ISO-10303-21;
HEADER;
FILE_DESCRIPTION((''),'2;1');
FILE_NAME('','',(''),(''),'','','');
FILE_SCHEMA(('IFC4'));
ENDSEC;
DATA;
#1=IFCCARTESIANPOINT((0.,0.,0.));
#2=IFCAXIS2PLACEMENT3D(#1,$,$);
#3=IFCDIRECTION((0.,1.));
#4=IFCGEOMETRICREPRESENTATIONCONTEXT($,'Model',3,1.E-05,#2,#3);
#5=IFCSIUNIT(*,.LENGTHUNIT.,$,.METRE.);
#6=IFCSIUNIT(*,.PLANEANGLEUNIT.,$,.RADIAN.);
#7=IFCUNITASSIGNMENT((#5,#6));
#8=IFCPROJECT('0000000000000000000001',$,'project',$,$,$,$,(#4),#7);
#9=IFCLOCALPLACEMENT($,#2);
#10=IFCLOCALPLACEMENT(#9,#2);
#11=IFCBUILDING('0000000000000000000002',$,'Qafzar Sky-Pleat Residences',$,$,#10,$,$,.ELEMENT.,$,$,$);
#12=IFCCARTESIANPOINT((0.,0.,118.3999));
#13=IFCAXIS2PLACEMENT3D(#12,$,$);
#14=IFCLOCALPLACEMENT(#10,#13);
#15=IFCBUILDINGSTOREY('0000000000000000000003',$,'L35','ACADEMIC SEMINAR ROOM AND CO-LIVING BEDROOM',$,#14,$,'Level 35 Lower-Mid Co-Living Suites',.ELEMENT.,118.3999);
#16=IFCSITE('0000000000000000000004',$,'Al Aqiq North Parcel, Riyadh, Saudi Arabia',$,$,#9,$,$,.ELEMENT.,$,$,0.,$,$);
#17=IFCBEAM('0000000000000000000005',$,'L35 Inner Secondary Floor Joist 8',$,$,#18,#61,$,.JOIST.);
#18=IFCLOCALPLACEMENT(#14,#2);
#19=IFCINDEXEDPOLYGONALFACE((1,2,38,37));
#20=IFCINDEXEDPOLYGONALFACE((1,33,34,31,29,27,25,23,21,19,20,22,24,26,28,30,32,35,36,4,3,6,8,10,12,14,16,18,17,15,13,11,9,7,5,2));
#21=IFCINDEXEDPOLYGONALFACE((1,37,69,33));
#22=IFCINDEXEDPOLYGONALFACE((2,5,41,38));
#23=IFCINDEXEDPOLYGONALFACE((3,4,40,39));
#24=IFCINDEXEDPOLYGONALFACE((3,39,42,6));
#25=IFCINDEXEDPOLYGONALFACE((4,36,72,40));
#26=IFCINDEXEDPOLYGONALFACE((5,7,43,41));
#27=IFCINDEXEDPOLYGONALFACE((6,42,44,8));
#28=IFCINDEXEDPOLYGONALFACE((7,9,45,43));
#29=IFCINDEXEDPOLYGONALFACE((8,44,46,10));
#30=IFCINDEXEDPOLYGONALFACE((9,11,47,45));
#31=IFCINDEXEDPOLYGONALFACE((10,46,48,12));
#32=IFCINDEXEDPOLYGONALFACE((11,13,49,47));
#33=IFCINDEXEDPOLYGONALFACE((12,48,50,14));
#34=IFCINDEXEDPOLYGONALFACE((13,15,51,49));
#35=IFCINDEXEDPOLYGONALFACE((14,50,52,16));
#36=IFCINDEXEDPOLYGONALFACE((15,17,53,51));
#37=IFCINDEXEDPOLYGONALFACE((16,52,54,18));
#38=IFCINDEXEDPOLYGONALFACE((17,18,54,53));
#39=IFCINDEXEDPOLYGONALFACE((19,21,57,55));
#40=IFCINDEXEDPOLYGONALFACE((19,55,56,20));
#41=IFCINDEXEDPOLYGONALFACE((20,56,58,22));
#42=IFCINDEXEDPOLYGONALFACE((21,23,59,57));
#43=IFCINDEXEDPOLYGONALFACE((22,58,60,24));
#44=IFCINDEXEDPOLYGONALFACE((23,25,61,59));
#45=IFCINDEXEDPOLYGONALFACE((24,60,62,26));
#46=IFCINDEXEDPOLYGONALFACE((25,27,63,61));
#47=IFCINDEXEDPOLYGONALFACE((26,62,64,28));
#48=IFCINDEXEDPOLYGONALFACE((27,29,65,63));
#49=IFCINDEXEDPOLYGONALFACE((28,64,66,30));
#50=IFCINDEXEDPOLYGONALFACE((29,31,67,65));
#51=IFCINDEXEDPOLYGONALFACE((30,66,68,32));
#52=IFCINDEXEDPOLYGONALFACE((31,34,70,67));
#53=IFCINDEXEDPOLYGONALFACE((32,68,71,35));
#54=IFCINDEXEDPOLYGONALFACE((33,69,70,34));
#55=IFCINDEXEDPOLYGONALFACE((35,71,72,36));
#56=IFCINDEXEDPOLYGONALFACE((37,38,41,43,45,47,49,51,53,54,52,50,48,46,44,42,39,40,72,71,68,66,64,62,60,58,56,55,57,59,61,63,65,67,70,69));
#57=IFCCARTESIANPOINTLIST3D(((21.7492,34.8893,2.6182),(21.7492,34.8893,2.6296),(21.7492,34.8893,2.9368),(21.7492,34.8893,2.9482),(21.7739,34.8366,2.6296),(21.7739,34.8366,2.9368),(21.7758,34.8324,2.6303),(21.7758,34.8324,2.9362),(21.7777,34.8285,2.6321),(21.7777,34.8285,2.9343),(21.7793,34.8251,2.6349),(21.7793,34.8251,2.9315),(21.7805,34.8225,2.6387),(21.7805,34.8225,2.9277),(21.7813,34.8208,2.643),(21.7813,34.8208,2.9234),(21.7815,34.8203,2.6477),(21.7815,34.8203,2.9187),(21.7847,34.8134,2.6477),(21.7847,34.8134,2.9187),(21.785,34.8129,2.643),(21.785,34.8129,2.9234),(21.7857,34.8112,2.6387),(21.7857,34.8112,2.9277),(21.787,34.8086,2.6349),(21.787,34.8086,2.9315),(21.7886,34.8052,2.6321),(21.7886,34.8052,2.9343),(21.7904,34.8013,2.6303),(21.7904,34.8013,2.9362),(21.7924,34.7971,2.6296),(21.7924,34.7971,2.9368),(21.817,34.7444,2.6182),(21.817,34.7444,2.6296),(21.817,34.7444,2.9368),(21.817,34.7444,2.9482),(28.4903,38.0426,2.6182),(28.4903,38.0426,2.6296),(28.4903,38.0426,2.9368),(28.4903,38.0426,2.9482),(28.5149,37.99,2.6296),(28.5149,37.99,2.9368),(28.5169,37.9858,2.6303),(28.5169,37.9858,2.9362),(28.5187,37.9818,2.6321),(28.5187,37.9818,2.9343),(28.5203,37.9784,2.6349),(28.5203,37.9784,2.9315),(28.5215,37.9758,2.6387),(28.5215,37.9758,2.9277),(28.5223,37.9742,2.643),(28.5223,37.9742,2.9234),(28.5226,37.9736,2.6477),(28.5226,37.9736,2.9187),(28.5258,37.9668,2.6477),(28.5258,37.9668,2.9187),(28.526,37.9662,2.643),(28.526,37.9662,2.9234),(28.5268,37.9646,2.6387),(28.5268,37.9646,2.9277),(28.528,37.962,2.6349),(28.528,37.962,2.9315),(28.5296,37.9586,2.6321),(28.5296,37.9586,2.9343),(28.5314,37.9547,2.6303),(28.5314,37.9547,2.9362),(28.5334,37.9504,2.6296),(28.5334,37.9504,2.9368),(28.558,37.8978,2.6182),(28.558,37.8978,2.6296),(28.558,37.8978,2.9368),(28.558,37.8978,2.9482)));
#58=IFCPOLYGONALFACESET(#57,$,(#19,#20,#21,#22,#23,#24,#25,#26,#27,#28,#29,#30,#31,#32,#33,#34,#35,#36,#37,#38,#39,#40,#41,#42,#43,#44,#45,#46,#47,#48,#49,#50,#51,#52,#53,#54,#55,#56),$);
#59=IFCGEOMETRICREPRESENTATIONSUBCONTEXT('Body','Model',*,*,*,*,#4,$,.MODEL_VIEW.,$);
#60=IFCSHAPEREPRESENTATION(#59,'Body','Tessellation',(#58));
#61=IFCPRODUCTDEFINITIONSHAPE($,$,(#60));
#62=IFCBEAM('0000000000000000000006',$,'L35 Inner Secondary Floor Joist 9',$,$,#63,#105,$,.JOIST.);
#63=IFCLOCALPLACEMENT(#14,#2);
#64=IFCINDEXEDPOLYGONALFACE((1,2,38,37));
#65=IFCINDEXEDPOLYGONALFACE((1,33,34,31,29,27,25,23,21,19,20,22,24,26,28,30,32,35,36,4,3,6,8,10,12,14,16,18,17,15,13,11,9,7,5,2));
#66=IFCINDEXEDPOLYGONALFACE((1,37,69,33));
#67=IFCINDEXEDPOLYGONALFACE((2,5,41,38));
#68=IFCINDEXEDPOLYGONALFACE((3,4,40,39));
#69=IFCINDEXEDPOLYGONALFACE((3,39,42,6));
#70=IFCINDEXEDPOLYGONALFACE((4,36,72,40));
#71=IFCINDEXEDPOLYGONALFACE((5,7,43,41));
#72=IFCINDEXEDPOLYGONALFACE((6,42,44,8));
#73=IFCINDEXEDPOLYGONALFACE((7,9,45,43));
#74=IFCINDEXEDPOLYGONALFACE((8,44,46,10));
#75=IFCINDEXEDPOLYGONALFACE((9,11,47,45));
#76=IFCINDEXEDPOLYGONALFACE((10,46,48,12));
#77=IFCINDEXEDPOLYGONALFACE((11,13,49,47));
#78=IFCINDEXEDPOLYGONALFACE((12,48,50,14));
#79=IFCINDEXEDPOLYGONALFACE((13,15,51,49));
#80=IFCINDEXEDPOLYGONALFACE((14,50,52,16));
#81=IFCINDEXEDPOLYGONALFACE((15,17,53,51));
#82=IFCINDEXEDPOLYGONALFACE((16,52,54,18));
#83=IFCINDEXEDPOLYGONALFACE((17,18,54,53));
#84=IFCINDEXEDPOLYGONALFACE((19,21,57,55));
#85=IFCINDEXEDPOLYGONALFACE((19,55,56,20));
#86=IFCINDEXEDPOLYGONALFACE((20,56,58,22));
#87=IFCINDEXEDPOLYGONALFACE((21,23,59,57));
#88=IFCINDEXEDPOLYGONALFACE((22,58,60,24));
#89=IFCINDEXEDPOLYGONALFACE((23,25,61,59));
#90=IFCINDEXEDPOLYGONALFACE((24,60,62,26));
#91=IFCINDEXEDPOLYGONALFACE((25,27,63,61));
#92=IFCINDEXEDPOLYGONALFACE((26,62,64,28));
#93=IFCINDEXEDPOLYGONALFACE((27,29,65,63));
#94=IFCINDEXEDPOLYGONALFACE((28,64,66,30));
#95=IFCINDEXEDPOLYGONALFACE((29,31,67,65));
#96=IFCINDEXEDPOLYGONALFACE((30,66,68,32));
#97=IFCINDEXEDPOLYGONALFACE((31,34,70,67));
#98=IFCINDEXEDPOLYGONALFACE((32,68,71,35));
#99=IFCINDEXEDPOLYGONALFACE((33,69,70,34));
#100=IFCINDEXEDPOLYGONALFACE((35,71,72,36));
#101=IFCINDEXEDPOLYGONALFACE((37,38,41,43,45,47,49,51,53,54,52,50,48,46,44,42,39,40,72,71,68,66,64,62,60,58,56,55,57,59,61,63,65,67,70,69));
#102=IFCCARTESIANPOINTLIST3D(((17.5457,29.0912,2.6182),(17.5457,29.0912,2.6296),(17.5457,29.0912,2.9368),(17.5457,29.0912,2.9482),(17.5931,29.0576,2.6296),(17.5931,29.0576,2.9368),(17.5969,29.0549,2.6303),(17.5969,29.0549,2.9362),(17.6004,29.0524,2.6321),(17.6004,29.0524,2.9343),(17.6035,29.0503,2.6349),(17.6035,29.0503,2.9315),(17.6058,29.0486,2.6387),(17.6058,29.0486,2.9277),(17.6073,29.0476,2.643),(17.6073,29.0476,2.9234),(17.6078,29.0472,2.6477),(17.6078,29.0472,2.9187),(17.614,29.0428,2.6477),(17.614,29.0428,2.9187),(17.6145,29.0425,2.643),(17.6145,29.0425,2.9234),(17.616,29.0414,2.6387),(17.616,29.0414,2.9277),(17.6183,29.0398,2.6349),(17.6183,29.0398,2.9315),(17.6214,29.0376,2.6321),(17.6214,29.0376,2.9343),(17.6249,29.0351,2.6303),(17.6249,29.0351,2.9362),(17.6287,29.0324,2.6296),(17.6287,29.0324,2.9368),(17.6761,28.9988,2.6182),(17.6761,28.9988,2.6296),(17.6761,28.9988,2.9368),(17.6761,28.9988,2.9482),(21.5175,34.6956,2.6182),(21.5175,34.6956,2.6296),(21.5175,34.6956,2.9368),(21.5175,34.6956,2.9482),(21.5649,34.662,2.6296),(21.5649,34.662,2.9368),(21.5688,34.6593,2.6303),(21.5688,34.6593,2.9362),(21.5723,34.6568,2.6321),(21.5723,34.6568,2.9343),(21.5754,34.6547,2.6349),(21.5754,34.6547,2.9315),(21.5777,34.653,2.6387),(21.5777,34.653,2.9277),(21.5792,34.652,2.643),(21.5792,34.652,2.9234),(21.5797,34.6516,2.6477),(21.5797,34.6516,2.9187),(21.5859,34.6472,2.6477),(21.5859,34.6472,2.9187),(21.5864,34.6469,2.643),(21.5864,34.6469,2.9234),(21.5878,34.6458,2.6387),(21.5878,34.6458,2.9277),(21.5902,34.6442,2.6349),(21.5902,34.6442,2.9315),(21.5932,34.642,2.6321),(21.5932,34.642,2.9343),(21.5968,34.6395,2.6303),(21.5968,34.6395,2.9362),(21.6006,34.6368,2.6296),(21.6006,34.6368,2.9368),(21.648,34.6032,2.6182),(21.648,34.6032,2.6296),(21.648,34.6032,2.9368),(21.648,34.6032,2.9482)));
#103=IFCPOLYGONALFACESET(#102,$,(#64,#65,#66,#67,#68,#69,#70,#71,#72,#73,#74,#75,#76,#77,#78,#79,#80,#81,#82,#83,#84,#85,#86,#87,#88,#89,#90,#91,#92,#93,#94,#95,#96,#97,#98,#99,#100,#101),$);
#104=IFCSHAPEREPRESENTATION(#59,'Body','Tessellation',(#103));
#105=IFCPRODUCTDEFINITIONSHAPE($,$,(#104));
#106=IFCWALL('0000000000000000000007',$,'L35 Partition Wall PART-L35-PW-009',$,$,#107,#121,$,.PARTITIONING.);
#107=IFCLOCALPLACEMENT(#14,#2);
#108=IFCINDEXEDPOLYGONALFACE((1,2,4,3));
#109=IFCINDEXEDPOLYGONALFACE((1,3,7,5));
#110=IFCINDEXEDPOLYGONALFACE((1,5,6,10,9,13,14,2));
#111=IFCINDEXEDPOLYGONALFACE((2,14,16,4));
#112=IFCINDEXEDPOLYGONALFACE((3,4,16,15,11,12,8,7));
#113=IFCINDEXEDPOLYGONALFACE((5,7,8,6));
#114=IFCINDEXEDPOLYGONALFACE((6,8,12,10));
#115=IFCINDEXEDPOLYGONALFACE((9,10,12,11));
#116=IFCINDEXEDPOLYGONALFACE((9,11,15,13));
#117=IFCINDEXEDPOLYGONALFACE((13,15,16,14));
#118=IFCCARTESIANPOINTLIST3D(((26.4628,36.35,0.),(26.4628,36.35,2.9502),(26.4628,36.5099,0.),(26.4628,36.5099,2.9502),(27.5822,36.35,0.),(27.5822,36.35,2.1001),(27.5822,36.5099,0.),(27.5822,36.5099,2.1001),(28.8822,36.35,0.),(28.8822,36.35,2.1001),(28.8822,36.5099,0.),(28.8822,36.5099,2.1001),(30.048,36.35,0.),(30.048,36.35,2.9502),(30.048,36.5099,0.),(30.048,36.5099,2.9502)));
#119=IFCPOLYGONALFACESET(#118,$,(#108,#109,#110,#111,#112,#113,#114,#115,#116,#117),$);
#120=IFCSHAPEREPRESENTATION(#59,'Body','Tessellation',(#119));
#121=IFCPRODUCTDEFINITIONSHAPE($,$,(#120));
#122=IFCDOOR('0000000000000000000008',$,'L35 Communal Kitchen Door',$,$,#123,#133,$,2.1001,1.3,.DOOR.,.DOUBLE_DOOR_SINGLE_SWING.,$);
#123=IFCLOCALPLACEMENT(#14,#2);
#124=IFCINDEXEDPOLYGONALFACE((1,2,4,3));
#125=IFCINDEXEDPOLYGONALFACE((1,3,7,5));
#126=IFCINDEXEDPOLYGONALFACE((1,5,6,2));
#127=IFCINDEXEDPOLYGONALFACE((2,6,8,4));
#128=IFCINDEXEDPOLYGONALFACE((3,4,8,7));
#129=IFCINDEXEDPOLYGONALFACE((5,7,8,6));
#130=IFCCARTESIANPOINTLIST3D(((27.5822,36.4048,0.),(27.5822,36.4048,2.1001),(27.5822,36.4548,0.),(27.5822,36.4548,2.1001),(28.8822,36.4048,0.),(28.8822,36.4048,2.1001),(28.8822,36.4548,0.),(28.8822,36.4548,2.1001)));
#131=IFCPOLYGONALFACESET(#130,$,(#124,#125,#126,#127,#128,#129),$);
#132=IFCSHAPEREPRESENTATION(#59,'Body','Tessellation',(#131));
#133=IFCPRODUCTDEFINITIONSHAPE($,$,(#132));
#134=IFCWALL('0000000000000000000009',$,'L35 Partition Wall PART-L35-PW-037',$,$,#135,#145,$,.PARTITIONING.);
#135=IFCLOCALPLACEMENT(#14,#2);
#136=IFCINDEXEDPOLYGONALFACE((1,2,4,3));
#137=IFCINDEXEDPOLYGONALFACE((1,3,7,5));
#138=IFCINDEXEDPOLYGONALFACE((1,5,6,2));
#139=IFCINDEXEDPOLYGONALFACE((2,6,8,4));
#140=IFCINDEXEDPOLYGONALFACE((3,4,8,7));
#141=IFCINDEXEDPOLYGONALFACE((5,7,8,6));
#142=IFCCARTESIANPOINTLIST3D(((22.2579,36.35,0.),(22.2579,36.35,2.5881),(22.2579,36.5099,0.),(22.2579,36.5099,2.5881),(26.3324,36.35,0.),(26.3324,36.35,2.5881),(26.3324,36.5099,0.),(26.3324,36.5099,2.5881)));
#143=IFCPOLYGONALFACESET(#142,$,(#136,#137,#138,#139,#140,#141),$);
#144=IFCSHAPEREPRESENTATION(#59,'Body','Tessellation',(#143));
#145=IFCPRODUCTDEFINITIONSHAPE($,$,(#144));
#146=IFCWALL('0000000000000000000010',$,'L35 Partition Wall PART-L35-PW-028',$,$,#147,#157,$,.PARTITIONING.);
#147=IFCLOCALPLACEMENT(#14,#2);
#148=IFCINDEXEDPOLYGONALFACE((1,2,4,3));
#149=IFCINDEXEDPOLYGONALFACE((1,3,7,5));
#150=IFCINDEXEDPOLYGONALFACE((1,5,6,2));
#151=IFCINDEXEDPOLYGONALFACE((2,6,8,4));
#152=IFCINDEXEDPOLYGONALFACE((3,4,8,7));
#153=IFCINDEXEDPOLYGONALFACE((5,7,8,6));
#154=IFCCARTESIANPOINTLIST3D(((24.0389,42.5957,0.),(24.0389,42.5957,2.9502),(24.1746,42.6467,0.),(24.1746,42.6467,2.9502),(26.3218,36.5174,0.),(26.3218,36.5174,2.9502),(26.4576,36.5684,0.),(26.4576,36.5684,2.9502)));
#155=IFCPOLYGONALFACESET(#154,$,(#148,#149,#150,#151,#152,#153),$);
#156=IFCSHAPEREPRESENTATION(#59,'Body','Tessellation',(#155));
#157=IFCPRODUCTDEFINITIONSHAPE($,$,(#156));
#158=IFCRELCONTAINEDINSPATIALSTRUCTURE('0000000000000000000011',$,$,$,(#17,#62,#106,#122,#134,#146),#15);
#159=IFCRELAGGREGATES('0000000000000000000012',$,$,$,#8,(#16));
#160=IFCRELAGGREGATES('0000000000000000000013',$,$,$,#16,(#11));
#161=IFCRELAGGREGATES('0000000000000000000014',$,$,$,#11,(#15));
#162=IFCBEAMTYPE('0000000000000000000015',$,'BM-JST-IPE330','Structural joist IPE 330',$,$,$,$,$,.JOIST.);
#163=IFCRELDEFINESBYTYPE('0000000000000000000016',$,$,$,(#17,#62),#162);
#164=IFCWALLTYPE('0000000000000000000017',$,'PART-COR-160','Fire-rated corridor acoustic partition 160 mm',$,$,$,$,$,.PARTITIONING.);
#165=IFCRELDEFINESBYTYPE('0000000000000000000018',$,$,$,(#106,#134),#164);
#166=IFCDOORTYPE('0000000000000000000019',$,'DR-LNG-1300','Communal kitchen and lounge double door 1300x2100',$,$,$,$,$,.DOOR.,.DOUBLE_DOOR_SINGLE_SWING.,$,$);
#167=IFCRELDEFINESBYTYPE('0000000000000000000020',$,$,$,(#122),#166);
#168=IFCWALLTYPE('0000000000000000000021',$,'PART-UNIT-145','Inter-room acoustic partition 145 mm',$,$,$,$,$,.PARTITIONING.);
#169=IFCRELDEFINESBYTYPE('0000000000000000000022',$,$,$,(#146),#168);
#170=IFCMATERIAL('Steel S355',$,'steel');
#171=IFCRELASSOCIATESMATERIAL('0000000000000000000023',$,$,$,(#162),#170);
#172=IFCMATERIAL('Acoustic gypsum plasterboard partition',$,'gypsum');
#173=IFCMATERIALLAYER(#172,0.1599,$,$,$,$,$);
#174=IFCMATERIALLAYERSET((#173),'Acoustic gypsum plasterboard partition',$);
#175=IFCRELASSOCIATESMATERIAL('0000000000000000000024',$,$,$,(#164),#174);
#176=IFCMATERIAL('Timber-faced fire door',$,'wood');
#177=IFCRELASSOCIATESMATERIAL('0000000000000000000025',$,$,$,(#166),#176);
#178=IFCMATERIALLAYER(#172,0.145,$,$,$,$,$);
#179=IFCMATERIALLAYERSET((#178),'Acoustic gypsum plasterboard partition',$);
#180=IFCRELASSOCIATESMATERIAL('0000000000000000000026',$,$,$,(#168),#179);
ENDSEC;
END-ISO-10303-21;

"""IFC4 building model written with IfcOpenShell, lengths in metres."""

from ifc_helpers import new_model, si_unit, direction, frame, frame_2d, origin, origin_2d, place, context, subcontext, project, spatial, rectangle, i_section, extrude, source, transform, mapped, material, layer, layer_set, material_profile, profile_set, type_object, element, fill, save


model = new_model("IFC4")

# Units and contexts
model_context = context("Model", 3, precision=1e-05, world=origin(), true_north=direction((0.0, 1.0)))
body_context = subcontext(model_context, "Body", "Model", "MODEL_VIEW")
ifc_project = project(units=[si_unit("LENGTHUNIT", "METRE"), si_unit("PLANEANGLEUNIT", "RADIAN")], contexts=[model_context])

# Site, building, storey
site_placement = place(None, origin())
site = spatial("IfcSite", under=ifc_project, at=site_placement, Name="Al Aqiq North Parcel, Riyadh, Saudi Arabia", CompositionType="ELEMENT", RefElevation=0.0)
building_placement = place(site_placement, origin())
building = spatial("IfcBuilding", under=site, at=building_placement, Name="Qafzar Sky-Pleat Residences", CompositionType="ELEMENT")
storey_placement = place(building_placement, frame((0.0, 0.0, 118.3999)))
storey = spatial("IfcBuildingStorey", under=building, at=storey_placement, Name="L35", Description="ACADEMIC SEMINAR ROOM AND CO-LIVING BEDROOM", LongName="Level 35 Lower-Mid Co-Living Suites", CompositionType="ELEMENT", Elevation=118.3999)

# Beams
ifc_material_1 = material(Name="Steel S355", Category="steel")
ifc_material_profile_1 = material_profile(ifc_material_1, i_section(OverallWidth=0.1599, OverallDepth=0.3301, WebThickness=0.0076, FlangeThickness=0.0115, FilletRadius=0.0181, at=origin_2d()), Name="IPE 330")
ifc_profile_set_1 = profile_set([ifc_material_profile_1], Name="Steel S355")
beam_type_1 = type_object("IfcBeamType", Name="BM-JST-IPE330", Description="Structural joist IPE 330", PredefinedType="JOIST", material=ifc_profile_set_1)
shared_shape_1 = source(origin(), body_context, "Body", "SweptSolid", [
    extrude(i_section(OverallWidth=0.1599, OverallDepth=0.3301, WebThickness=0.0076, FlangeThickness=0.0115, FilletRadius=0.0181, at=origin_2d()), origin(), (0.0, 0.0, 1.0), 7.4421),
])
beam_1_placement = place(storey_placement, frame((28.5242, 37.9702, 2.7832), z_axis=(-0.905795, -0.423717, 0.0), x_axis=(0.423717, -0.905795, 0.0)))
element("IfcBeam", 1, at=beam_1_placement, inside=storey, type_object=beam_type_1, Name="L35 Inner Secondary Floor Joist 8", PredefinedType="JOIST", context=body_context, shape_type="MappedRepresentation", body=[
    mapped(shared_shape_1, transform((0.0, 0.0, 0.0), x_axis=(1.0, 0.0, 0.0), y_axis=(0.0, 1.0, 0.0), z_axis=(0.0, 0.0, 1.0), scale=1.0)),
])
shared_shape_2 = source(origin(), body_context, "Body", "SweptSolid", [
    extrude(i_section(OverallWidth=0.1599, OverallDepth=0.3301, WebThickness=0.0076, FlangeThickness=0.0115, FilletRadius=0.0181, at=origin_2d()), origin(), (0.0, 0.0, 1.0), 6.8691),
])
beam_2_placement = place(storey_placement, frame((21.5828, 34.6494, 2.7832), z_axis=(-0.578218, -0.815882, 0.0), x_axis=(0.815882, -0.578218, 0.0)))
element("IfcBeam", 2, at=beam_2_placement, inside=storey, type_object=beam_type_1, Name="L35 Inner Secondary Floor Joist 9", PredefinedType="JOIST", context=body_context, shape_type="MappedRepresentation", body=[
    mapped(shared_shape_2, transform((0.0, 0.0, 0.0), x_axis=(1.0, 0.0, 0.0), y_axis=(0.0, 1.0, 0.0), z_axis=(0.0, 0.0, 1.0), scale=1.0)),
])

# Wall, opening, door
ifc_material_2 = material(Name="Acoustic gypsum plasterboard partition", Category="gypsum")
ifc_layer_1 = layer(ifc_material_2, 0.1599)
ifc_layer_set_1 = layer_set([ifc_layer_1], Name="Acoustic gypsum plasterboard partition")
wall_type_1 = type_object("IfcWallType", Name="PART-COR-160", Description="Fire-rated corridor acoustic partition 160 mm", PredefinedType="PARTITIONING", material=ifc_layer_set_1)
wall_1_placement = place(storey_placement, frame((26.4629, 36.4299, 0.0), z_axis=(0.0, 0.0, 1.0), x_axis=(1.0, 0.0, 0.0)))
wall_1 = element("IfcWall", 3, at=wall_1_placement, inside=storey, type_object=wall_type_1, Name="L35 Partition Wall PART-L35-PW-009", PredefinedType="PARTITIONING", context=body_context, shape_type="SweptSolid", body=[
    extrude(rectangle(XDim=3.5852, YDim=0.1599, at=frame_2d((1.7925, 0.0))), origin(), (0.0, 0.0, 1.0), 2.9502),
])
opening_1_placement = place(wall_1_placement, frame((1.1194, 0.0, 0.0)))
opening_1 = element("IfcOpeningElement", 4, at=opening_1_placement, cuts=wall_1, PredefinedType="OPENING", context=body_context, shape_type="SweptSolid", body=[
    extrude(rectangle(XDim=1.3, YDim=2.1001, at=frame_2d((0.6499, 1.05))), frame((0.0, 0.0898, 0.0), z_axis=(0.0, -1.0, 0.0), x_axis=(1.0, 0.0, 0.0)), (0.0, 0.0, 1.0), 0.1799),
])
ifc_material_3 = material(Name="Timber-faced fire door", Category="wood")
door_type_1 = type_object("IfcDoorType", Name="DR-LNG-1300", Description="Communal kitchen and lounge double door 1300x2100", OperationType="DOUBLE_DOOR_SINGLE_SWING", PredefinedType="DOOR", material=ifc_material_3)
shared_shape_3 = source(origin(), body_context, "Body", "SweptSolid", [
    extrude(rectangle(XDim=1.3, YDim=2.1001, at=frame_2d((0.6499, 1.05))), frame((0.0, 0.0249, 0.0), z_axis=(0.0, -1.0, 0.0), x_axis=(1.0, 0.0, 0.0)), (0.0, 0.0, 1.0), 0.05),
])
door_1_placement = place(opening_1_placement, origin())
door_1 = element("IfcDoor", 5, at=door_1_placement, inside=storey, type_object=door_type_1, Name="L35 Communal Kitchen Door", OperationType="DOUBLE_DOOR_SINGLE_SWING", OverallHeight=2.1001, OverallWidth=1.3, PredefinedType="DOOR", context=body_context, shape_type="MappedRepresentation", body=[
    mapped(shared_shape_3, transform((0.0, 0.0, 0.0), x_axis=(1.0, 0.0, 0.0), y_axis=(0.0, 1.0, 0.0), z_axis=(0.0, 0.0, 1.0), scale=1.0)),
])
fill(opening_1, door_1)

# Walls
wall_2_placement = place(storey_placement, frame((22.2581, 36.4299, 0.0), z_axis=(0.0, 0.0, 1.0), x_axis=(1.0, 0.0, 0.0)))
element("IfcWall", 6, at=wall_2_placement, inside=storey, type_object=wall_type_1, Name="L35 Partition Wall PART-L35-PW-037", PredefinedType="PARTITIONING", context=body_context, shape_type="SweptSolid", body=[
    extrude(rectangle(XDim=4.0745, YDim=0.1599, at=frame_2d((2.0371, 0.0))), origin(), (0.0, 0.0, 1.0), 2.5881),
])
ifc_layer_2 = layer(ifc_material_2, 0.145)
ifc_layer_set_2 = layer_set([ifc_layer_2], Name="Acoustic gypsum plasterboard partition")
wall_type_2 = type_object("IfcWallType", Name="PART-UNIT-145", Description="Inter-room acoustic partition 145 mm", PredefinedType="PARTITIONING", material=ifc_layer_set_2)
wall_3_placement = place(storey_placement, frame((24.1067, 42.6213, 0.0), z_axis=(0.0, 0.0, 1.0), x_axis=(0.351606, -0.936148, 0.0)))
element("IfcWall", 7, at=wall_3_placement, inside=storey, type_object=wall_type_2, Name="L35 Partition Wall PART-L35-PW-028", PredefinedType="PARTITIONING", context=body_context, shape_type="SweptSolid", body=[
    extrude(rectangle(XDim=6.4929, YDim=0.145, at=frame_2d((3.2466, 0.0))), origin(), (0.0, 0.0, 1.0), 2.9502),
])

save(model, "model.ifc")
